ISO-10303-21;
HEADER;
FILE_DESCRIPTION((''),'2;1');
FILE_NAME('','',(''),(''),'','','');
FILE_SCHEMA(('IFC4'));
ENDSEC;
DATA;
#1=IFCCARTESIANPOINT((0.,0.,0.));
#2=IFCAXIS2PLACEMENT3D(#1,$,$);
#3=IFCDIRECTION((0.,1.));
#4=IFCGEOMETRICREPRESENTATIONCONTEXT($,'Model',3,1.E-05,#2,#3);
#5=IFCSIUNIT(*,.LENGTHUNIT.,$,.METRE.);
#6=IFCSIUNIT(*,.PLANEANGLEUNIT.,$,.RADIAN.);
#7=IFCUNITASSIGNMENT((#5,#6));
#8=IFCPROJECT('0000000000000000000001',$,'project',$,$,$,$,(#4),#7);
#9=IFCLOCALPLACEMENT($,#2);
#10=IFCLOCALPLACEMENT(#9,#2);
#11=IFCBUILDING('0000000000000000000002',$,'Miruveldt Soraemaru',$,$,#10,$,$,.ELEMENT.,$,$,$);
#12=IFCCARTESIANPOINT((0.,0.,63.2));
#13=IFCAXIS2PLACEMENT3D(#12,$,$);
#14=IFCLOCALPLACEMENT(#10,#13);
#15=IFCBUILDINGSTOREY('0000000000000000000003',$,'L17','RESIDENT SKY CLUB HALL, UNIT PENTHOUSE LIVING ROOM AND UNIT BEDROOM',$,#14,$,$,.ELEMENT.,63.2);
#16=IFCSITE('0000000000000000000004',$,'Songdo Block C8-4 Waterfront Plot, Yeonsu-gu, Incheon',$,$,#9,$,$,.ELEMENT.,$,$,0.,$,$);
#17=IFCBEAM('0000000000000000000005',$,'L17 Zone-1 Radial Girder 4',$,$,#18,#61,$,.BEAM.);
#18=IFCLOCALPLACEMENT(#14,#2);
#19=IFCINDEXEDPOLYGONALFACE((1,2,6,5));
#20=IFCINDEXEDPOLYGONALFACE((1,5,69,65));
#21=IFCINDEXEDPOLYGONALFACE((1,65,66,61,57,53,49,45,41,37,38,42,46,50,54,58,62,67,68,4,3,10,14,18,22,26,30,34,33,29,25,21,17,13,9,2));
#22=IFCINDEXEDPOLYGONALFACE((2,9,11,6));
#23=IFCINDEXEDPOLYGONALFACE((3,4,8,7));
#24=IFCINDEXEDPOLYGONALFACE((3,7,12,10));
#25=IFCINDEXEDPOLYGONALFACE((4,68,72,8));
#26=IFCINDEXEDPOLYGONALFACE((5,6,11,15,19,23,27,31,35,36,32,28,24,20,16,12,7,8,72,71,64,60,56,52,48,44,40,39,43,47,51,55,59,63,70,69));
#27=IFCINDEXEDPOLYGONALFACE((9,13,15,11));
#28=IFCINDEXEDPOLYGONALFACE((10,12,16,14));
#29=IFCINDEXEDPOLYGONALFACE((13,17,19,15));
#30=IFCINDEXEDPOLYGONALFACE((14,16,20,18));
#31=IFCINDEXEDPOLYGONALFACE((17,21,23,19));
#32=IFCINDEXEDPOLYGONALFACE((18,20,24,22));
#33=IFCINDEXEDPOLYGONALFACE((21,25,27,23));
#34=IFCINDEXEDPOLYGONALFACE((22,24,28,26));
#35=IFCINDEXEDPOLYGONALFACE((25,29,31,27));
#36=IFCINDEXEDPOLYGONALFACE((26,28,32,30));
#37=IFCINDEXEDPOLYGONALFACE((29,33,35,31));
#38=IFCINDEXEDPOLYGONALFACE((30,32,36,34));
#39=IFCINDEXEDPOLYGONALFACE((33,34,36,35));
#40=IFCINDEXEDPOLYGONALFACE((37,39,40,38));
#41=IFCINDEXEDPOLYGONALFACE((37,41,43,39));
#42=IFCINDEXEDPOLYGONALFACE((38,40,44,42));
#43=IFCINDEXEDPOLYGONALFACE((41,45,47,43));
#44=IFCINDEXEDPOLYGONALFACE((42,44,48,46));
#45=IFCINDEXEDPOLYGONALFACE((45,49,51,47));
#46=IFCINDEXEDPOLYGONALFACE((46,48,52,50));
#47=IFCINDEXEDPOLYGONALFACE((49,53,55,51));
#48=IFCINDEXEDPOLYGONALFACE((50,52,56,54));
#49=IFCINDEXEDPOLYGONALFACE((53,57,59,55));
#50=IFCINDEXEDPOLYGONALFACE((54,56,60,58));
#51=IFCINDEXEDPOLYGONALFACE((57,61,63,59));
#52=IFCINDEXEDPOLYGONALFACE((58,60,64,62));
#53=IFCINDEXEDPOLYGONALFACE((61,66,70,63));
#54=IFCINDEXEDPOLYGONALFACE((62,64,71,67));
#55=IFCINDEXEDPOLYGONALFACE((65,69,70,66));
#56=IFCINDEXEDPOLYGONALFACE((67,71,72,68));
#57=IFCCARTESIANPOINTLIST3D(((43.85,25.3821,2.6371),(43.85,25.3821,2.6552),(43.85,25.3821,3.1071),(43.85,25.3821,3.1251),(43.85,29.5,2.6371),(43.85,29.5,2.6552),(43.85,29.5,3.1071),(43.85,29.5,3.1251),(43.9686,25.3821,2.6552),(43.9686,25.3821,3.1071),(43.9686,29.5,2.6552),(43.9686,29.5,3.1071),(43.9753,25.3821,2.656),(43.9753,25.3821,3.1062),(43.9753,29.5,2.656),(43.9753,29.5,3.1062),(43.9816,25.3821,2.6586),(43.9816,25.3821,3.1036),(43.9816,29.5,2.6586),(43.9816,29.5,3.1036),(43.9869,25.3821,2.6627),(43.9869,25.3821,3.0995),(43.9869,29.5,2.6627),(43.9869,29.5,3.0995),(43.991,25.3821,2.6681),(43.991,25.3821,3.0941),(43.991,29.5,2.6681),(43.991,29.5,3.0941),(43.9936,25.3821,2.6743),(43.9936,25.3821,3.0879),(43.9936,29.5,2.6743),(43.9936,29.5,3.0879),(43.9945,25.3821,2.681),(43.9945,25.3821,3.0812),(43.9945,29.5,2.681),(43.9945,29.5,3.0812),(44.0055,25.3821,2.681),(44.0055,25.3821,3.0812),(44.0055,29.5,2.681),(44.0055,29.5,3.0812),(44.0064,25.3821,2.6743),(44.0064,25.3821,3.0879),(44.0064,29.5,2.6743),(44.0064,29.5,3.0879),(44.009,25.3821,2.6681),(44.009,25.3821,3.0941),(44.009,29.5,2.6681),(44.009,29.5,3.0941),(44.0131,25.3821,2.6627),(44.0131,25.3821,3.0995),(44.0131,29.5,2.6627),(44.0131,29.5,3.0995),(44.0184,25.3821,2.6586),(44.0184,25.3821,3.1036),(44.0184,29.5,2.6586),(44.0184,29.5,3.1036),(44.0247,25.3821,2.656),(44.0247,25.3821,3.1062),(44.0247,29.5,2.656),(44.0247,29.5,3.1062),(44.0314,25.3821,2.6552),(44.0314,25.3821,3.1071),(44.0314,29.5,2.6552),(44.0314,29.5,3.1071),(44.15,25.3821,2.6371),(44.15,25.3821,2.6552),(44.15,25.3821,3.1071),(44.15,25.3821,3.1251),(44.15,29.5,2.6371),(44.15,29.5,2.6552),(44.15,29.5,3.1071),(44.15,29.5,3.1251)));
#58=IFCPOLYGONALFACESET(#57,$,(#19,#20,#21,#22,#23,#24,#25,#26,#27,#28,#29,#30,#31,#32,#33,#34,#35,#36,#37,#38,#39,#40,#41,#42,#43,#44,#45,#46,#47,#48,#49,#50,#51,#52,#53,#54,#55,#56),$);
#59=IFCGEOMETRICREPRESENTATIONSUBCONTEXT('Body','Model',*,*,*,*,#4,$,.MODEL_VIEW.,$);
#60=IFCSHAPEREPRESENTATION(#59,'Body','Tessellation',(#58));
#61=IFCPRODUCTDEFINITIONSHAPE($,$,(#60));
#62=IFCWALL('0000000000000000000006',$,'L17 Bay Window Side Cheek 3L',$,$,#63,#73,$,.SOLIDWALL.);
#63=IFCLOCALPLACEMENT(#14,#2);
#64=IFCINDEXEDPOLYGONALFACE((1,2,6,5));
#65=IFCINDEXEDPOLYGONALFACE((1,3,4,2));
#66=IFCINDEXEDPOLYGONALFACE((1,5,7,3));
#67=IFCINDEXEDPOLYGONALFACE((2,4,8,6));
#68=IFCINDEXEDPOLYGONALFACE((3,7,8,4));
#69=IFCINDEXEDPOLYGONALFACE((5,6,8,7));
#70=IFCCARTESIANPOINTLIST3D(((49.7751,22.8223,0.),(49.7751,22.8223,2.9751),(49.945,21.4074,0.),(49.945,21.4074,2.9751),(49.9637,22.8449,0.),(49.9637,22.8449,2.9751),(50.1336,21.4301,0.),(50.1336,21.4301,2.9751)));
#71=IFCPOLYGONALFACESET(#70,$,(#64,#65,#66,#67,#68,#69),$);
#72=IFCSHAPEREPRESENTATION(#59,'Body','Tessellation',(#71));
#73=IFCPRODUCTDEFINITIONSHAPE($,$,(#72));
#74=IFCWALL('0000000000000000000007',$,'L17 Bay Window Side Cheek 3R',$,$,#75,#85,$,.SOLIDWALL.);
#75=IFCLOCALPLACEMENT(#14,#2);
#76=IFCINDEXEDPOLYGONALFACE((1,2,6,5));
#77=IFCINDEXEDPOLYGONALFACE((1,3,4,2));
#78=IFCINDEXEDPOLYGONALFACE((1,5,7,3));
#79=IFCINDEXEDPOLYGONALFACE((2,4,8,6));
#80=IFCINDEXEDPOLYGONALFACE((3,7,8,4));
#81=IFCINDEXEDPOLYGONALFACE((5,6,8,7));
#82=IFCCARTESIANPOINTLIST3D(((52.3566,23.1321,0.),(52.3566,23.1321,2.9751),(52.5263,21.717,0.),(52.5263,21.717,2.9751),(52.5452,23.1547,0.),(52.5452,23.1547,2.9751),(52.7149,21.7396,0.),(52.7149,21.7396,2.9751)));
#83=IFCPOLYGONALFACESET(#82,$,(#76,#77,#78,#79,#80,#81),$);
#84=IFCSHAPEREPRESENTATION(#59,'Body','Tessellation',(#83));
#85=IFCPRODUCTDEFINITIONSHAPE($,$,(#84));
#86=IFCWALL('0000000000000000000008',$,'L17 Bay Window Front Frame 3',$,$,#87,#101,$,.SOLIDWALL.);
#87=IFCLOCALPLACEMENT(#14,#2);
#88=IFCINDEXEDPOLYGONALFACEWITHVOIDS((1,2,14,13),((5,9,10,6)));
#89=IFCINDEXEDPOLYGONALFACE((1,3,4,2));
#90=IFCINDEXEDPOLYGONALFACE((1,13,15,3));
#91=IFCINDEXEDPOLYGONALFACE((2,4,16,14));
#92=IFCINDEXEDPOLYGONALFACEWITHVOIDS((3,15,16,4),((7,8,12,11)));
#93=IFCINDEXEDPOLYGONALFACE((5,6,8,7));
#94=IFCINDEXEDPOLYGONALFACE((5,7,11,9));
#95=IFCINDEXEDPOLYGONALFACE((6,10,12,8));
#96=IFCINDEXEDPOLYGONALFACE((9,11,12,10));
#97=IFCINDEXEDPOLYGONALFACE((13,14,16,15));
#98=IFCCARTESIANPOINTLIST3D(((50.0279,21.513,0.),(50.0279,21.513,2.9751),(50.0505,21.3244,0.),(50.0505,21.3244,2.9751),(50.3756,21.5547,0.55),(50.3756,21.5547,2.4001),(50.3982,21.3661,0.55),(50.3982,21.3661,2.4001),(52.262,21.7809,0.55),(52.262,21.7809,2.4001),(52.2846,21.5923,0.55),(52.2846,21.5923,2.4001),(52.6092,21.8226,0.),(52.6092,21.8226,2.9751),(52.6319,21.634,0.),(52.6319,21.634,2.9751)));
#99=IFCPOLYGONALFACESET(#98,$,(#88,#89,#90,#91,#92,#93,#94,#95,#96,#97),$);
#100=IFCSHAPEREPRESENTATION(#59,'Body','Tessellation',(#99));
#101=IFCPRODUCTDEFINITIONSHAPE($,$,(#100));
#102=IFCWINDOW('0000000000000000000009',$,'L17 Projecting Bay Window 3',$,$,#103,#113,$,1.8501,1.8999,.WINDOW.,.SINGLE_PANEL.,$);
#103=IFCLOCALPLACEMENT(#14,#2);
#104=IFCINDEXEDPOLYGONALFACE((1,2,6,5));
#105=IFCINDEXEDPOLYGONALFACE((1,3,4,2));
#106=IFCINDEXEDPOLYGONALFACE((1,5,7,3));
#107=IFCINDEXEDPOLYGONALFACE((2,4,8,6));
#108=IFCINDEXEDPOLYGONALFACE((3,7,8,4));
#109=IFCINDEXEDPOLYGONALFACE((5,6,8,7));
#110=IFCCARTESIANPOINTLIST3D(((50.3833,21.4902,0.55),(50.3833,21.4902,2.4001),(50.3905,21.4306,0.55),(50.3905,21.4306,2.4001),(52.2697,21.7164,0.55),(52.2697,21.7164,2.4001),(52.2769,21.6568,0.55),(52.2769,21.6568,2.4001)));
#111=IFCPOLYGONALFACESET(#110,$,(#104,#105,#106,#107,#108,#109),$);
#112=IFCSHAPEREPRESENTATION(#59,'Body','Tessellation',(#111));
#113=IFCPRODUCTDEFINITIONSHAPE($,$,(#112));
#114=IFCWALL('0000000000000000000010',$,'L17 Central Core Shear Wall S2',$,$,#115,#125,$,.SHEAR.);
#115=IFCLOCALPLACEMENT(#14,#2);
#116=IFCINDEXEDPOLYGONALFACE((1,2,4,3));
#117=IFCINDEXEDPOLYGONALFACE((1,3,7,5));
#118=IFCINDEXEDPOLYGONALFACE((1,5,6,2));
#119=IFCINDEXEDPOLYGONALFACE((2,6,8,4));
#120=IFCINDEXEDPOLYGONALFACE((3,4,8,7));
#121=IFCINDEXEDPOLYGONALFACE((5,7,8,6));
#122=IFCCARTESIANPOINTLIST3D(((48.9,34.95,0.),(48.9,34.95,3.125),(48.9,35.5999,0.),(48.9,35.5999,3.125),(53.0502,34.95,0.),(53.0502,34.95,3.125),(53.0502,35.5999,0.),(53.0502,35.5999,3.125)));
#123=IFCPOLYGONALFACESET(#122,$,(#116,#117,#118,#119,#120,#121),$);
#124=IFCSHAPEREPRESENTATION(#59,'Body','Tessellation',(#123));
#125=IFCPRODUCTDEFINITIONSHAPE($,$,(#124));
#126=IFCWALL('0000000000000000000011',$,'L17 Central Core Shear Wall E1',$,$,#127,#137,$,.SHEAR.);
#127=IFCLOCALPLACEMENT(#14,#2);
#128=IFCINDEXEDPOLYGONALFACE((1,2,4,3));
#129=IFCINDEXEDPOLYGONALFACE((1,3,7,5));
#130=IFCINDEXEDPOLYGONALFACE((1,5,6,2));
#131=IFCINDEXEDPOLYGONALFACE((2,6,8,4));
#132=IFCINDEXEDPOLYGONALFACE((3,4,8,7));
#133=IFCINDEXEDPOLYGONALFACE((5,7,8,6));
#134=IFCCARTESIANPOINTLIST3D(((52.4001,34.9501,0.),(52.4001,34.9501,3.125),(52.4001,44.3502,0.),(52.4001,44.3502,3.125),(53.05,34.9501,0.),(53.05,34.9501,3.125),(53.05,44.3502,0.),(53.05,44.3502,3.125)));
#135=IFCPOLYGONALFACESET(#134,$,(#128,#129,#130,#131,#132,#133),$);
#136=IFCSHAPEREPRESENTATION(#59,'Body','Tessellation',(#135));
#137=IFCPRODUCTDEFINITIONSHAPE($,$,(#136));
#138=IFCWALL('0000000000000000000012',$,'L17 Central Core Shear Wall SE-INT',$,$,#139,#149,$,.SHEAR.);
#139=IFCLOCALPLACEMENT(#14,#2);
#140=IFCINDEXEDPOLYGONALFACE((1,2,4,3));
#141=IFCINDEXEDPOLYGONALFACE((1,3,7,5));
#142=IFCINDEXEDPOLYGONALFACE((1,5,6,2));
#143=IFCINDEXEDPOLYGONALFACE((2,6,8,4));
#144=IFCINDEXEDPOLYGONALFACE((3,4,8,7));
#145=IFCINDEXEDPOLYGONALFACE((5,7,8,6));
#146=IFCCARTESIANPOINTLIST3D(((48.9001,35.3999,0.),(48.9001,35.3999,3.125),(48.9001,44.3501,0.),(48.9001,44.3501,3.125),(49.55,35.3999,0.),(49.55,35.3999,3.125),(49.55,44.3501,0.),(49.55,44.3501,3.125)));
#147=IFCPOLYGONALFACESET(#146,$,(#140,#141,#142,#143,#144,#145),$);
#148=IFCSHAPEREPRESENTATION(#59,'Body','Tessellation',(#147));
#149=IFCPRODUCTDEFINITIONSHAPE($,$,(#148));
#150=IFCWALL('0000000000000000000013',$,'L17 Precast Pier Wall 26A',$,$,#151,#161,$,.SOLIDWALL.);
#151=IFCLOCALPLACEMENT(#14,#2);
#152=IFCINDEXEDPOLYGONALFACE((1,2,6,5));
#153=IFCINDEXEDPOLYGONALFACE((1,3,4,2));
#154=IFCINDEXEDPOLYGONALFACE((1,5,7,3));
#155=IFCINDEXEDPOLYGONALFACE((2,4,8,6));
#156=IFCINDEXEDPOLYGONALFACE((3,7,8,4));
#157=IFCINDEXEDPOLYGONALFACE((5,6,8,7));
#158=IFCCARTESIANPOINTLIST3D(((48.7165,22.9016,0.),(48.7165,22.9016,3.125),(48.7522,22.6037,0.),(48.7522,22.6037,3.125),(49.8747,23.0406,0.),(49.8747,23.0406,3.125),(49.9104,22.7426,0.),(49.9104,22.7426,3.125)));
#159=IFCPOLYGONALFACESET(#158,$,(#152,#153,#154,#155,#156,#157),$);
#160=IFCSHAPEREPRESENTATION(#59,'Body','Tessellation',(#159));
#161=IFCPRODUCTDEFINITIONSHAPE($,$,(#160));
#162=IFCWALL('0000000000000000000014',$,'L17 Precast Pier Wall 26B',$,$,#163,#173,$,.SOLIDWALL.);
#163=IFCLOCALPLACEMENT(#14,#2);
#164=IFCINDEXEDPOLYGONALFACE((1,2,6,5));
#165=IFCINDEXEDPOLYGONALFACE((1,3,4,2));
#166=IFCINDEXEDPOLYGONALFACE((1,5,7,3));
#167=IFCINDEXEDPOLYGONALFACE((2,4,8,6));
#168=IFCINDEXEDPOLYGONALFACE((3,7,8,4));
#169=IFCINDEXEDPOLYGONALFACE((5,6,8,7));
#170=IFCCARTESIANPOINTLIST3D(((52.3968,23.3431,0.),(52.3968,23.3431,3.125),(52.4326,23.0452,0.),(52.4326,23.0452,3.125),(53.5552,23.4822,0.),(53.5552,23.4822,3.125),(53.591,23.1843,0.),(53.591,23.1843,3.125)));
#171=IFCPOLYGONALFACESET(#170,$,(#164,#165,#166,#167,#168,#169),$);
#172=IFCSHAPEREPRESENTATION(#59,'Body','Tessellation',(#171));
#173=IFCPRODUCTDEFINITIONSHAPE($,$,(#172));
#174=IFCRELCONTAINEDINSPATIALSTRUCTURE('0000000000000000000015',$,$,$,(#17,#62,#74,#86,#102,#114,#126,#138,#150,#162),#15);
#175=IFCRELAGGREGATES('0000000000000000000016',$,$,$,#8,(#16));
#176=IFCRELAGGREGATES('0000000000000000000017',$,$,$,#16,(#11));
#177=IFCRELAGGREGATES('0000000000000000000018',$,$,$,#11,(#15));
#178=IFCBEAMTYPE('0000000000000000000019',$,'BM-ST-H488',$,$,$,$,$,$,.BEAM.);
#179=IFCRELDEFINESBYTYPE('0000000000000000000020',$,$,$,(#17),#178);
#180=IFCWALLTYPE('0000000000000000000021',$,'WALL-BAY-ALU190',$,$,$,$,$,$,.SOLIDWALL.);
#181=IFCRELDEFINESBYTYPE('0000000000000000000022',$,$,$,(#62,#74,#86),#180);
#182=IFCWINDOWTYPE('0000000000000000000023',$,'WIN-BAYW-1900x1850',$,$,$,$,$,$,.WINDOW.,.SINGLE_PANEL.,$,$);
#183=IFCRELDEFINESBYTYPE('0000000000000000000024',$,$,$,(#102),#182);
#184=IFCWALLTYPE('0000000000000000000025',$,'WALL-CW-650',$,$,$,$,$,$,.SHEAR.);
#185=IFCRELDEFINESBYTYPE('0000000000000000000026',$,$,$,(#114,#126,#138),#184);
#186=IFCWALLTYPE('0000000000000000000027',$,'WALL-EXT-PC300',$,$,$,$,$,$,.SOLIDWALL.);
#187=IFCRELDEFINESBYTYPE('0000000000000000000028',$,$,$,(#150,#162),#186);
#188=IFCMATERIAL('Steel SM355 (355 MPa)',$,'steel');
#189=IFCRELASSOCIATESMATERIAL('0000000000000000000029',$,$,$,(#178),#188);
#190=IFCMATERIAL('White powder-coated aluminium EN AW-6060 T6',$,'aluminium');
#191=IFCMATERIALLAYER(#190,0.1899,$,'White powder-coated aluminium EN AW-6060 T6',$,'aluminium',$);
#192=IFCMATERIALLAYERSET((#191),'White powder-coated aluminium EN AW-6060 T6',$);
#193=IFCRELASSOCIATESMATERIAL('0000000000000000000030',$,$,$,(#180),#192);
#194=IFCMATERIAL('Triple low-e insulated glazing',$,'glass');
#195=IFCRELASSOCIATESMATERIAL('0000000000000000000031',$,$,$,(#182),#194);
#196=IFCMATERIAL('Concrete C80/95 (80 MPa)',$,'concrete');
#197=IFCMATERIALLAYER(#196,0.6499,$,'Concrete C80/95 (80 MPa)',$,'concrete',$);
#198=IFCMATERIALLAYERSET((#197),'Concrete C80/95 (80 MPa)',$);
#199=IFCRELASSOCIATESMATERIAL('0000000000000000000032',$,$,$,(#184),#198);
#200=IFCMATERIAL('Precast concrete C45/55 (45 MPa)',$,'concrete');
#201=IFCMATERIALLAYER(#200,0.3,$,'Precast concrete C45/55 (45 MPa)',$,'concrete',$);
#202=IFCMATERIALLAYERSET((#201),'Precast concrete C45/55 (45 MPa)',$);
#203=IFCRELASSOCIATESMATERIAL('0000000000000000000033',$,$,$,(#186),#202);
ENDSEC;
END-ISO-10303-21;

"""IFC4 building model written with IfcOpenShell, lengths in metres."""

from ifc_helpers import new_model, si_unit, direction, frame, frame_2d, origin, origin_2d, place, context, subcontext, project, spatial, rectangle, i_section, extrude, material, layer, layer_set, material_profile, profile_set, type_object, element, fill, save


model = new_model("IFC4")

# Units and contexts
model_context = context("Model", 3, precision=1e-05, world=origin(), true_north=direction((0.0, 1.0)))
body_context = subcontext(model_context, "Body", "Model", "MODEL_VIEW")
ifc_project = project(units=[si_unit("LENGTHUNIT", "METRE"), si_unit("PLANEANGLEUNIT", "RADIAN")], contexts=[model_context])

# Site, building, storey
site_placement = place(None, origin())
site = spatial("IfcSite", under=ifc_project, at=site_placement, Name="Songdo Block C8-4 Waterfront Plot, Yeonsu-gu, Incheon", CompositionType="ELEMENT", RefElevation=0.0)
building_placement = place(site_placement, origin())
building = spatial("IfcBuilding", under=site, at=building_placement, Name="Miruveldt Soraemaru", CompositionType="ELEMENT")
storey_placement = place(building_placement, frame((0.0, 0.0, 63.2)))
storey = spatial("IfcBuildingStorey", under=building, at=storey_placement, Name="L17", Description="RESIDENT SKY CLUB HALL, UNIT PENTHOUSE LIVING ROOM AND UNIT BEDROOM", CompositionType="ELEMENT", Elevation=63.2)

# Beam
ifc_material_1 = material(Name="Steel SM355 (355 MPa)", Category="steel")
ifc_material_profile = material_profile(ifc_material_1, i_section(OverallWidth=0.3, OverallDepth=0.488, WebThickness=0.011, FlangeThickness=0.0181, FilletRadius=0.0259, at=origin_2d()), Name="Steel SM355 (355 MPa)", Category="steel")
ifc_profile_set = profile_set([ifc_material_profile], Name="Steel SM355 (355 MPa)")
beam_type = type_object("IfcBeamType", Name="BM-ST-H488", PredefinedType="BEAM", material=ifc_profile_set)
beam_placement = place(storey_placement, frame((44.0, 29.5, 2.8811), z_axis=(0.0, -1.0, 0.0), x_axis=(1.0, 0.0, 0.0)))
element("IfcBeam", 1, at=beam_placement, inside=storey, type_object=beam_type, Name="L17 Zone-1 Radial Girder 4", PredefinedType="BEAM", context=body_context, shape_type="SweptSolid", body=[
    extrude(i_section(OverallWidth=0.3, OverallDepth=0.488, WebThickness=0.011, FlangeThickness=0.0181, FilletRadius=0.0259, at=origin_2d()), origin(), (0.0, 0.0, 1.0), 4.1179),
])

# Walls
ifc_material_2 = material(Name="White powder-coated aluminium EN AW-6060 T6", Category="aluminium")
ifc_layer_1 = layer(ifc_material_2, 0.1899, Name="White powder-coated aluminium EN AW-6060 T6", Category="aluminium")
ifc_layer_set_1 = layer_set([ifc_layer_1], Name="White powder-coated aluminium EN AW-6060 T6")
wall_type_1 = type_object("IfcWallType", Name="WALL-BAY-ALU190", PredefinedType="SOLIDWALL", material=ifc_layer_set_1)
wall_1_placement = place(storey_placement, frame((49.8694, 22.8335, 0.0), z_axis=(0.0, 0.0, 1.0), x_axis=(0.119247, -0.992865, 0.0)))
element("IfcWall", 2, at=wall_1_placement, inside=storey, type_object=wall_type_1, Name="L17 Bay Window Side Cheek 3L", PredefinedType="SOLIDWALL", context=body_context, shape_type="SweptSolid", body=[
    extrude(rectangle(XDim=1.425, YDim=0.1899, at=frame_2d((0.7124, 0.0))), origin(), (0.0, 0.0, 1.0), 2.9751),
])
wall_2_placement = place(storey_placement, frame((52.6206, 21.7283, 0.0), z_axis=(0.0, 0.0, 1.0), x_axis=(-0.119057, 0.992887, 0.0)))
element("IfcWall", 3, at=wall_2_placement, inside=storey, type_object=wall_type_1, Name="L17 Bay Window Side Cheek 3R", PredefinedType="SOLIDWALL", context=body_context, shape_type="SweptSolid", body=[
    extrude(rectangle(XDim=1.4253, YDim=0.1899, at=frame_2d((0.7126, 0.0))), origin(), (0.0, 0.0, 1.0), 2.9751),
])

# Wall, opening, window
wall_3_placement = place(storey_placement, frame((50.0393, 21.4187, 0.0), z_axis=(0.0, 0.0, 1.0), x_axis=(0.992885, 0.119075, 0.0)))
wall_3 = element("IfcWall", 4, at=wall_3_placement, inside=storey, type_object=wall_type_1, Name="L17 Bay Window Front Frame 3", PredefinedType="SOLIDWALL", context=body_context, shape_type="SweptSolid", body=[
    extrude(rectangle(XDim=2.5999, YDim=0.1899, at=frame_2d((1.2998, 0.0))), origin(), (0.0, 0.0, 1.0), 2.9751),
])
opening_1_placement = place(wall_3_placement, frame((0.3501, 0.0, 0.55)))
opening_1 = element("IfcOpeningElement", 5, at=opening_1_placement, cuts=wall_3, PredefinedType="OPENING", context=body_context, shape_type="SweptSolid", body=[
    extrude(rectangle(XDim=1.8999, YDim=1.8501, at=frame_2d((0.95, 0.925))), frame((0.0, 0.105, 0.0), z_axis=(0.0, -1.0, 0.0), x_axis=(1.0, 0.0, 0.0)), (0.0, 0.0, 1.0), 0.21),
])
ifc_material_3 = material(Name="Triple low-e insulated glazing", Category="glass")
window_type_1 = type_object("IfcWindowType", Name="WIN-BAYW-1900x1850", PartitioningType="SINGLE_PANEL", PredefinedType="WINDOW", material=ifc_material_3)
window_1_placement = place(opening_1_placement, origin())
window_1 = element("IfcWindow", 6, at=window_1_placement, inside=storey, type_object=window_type_1, Name="L17 Projecting Bay Window 3", OverallHeight=1.8501, OverallWidth=1.8999, PartitioningType="SINGLE_PANEL", PredefinedType="WINDOW", context=body_context, shape_type="SweptSolid", body=[
    extrude(rectangle(XDim=1.8999, YDim=1.8501, at=frame_2d((0.95, 0.925))), frame((0.0, 0.03, 0.0), z_axis=(0.0, -1.0, 0.0), x_axis=(1.0, 0.0, 0.0)), (0.0, 0.0, 1.0), 0.0601),
])
fill(opening_1, window_1)

# Walls
ifc_material_4 = material(Name="Concrete C80/95 (80 MPa)", Category="concrete")
ifc_layer_2 = layer(ifc_material_4, 0.6499, Name="Concrete C80/95 (80 MPa)", Category="concrete")
ifc_layer_set_2 = layer_set([ifc_layer_2], Name="Concrete C80/95 (80 MPa)")
wall_type_2 = type_object("IfcWallType", Name="WALL-CW-650", PredefinedType="SHEAR", material=ifc_layer_set_2)
wall_4_placement = place(storey_placement, frame((48.8999, 35.2749, 0.0), z_axis=(0.0, 0.0, 1.0), x_axis=(1.0, 0.0, 0.0)))
element("IfcWall", 7, at=wall_4_placement, inside=storey, type_object=wall_type_2, Name="L17 Central Core Shear Wall S2", PredefinedType="SHEAR", context=body_context, shape_type="SweptSolid", body=[
    extrude(rectangle(XDim=4.1501, YDim=0.6499, at=frame_2d((2.0752, 0.0))), origin(), (0.0, 0.0, 1.0), 3.125),
])
wall_5_placement = place(storey_placement, frame((52.7251, 34.95, 0.0), z_axis=(0.0, 0.0, 1.0), x_axis=(0.0, 1.0, 0.0)))
element("IfcWall", 8, at=wall_5_placement, inside=storey, type_object=wall_type_2, Name="L17 Central Core Shear Wall E1", PredefinedType="SHEAR", context=body_context, shape_type="SweptSolid", body=[
    extrude(rectangle(XDim=9.4001, YDim=0.6499, at=frame_2d((4.7002, 0.0))), origin(), (0.0, 0.0, 1.0), 3.125),
])
wall_6_placement = place(storey_placement, frame((49.2251, 35.3999, 0.0), z_axis=(0.0, 0.0, 1.0), x_axis=(0.0, 1.0, 0.0)))
element("IfcWall", 9, at=wall_6_placement, inside=storey, type_object=wall_type_2, Name="L17 Central Core Shear Wall SE-INT", PredefinedType="SHEAR", context=body_context, shape_type="SweptSolid", body=[
    extrude(rectangle(XDim=8.9502, YDim=0.6499, at=frame_2d((4.4751, 0.0))), origin(), (0.0, 0.0, 1.0), 3.125),
])
ifc_material_5 = material(Name="Precast concrete C45/55 (45 MPa)", Category="concrete")
ifc_layer_3 = layer(ifc_material_5, 0.3, Name="Precast concrete C45/55 (45 MPa)", Category="concrete")
ifc_layer_set_3 = layer_set([ifc_layer_3], Name="Precast concrete C45/55 (45 MPa)")
wall_type_3 = type_object("IfcWallType", Name="WALL-EXT-PC300", PredefinedType="SOLIDWALL", material=ifc_layer_set_3)
wall_7_placement = place(storey_placement, frame((48.7344, 22.7527, 0.0), z_axis=(0.0, 0.0, 1.0), x_axis=(0.992884, 0.119087, 0.0)))
element("IfcWall", 10, at=wall_7_placement, inside=storey, type_object=wall_type_3, Name="L17 Precast Pier Wall 26A", PredefinedType="SOLIDWALL", context=body_context, shape_type="SweptSolid", body=[
    extrude(rectangle(XDim=1.1665, YDim=0.3, at=frame_2d((0.5833, 0.0))), origin(), (0.0, 0.0, 1.0), 3.125),
])
wall_8_placement = place(storey_placement, frame((52.4146, 23.1941, 0.0), z_axis=(0.0, 0.0, 1.0), x_axis=(0.992862, 0.119269, 0.0)))
element("IfcWall", 11, at=wall_8_placement, inside=storey, type_object=wall_type_3, Name="L17 Precast Pier Wall 26B", PredefinedType="SOLIDWALL", context=body_context, shape_type="SweptSolid", body=[
    extrude(rectangle(XDim=1.1667, YDim=0.3, at=frame_2d((0.5835, 0.0))), origin(), (0.0, 0.0, 1.0), 3.125),
])

save(model, "model.ifc")
